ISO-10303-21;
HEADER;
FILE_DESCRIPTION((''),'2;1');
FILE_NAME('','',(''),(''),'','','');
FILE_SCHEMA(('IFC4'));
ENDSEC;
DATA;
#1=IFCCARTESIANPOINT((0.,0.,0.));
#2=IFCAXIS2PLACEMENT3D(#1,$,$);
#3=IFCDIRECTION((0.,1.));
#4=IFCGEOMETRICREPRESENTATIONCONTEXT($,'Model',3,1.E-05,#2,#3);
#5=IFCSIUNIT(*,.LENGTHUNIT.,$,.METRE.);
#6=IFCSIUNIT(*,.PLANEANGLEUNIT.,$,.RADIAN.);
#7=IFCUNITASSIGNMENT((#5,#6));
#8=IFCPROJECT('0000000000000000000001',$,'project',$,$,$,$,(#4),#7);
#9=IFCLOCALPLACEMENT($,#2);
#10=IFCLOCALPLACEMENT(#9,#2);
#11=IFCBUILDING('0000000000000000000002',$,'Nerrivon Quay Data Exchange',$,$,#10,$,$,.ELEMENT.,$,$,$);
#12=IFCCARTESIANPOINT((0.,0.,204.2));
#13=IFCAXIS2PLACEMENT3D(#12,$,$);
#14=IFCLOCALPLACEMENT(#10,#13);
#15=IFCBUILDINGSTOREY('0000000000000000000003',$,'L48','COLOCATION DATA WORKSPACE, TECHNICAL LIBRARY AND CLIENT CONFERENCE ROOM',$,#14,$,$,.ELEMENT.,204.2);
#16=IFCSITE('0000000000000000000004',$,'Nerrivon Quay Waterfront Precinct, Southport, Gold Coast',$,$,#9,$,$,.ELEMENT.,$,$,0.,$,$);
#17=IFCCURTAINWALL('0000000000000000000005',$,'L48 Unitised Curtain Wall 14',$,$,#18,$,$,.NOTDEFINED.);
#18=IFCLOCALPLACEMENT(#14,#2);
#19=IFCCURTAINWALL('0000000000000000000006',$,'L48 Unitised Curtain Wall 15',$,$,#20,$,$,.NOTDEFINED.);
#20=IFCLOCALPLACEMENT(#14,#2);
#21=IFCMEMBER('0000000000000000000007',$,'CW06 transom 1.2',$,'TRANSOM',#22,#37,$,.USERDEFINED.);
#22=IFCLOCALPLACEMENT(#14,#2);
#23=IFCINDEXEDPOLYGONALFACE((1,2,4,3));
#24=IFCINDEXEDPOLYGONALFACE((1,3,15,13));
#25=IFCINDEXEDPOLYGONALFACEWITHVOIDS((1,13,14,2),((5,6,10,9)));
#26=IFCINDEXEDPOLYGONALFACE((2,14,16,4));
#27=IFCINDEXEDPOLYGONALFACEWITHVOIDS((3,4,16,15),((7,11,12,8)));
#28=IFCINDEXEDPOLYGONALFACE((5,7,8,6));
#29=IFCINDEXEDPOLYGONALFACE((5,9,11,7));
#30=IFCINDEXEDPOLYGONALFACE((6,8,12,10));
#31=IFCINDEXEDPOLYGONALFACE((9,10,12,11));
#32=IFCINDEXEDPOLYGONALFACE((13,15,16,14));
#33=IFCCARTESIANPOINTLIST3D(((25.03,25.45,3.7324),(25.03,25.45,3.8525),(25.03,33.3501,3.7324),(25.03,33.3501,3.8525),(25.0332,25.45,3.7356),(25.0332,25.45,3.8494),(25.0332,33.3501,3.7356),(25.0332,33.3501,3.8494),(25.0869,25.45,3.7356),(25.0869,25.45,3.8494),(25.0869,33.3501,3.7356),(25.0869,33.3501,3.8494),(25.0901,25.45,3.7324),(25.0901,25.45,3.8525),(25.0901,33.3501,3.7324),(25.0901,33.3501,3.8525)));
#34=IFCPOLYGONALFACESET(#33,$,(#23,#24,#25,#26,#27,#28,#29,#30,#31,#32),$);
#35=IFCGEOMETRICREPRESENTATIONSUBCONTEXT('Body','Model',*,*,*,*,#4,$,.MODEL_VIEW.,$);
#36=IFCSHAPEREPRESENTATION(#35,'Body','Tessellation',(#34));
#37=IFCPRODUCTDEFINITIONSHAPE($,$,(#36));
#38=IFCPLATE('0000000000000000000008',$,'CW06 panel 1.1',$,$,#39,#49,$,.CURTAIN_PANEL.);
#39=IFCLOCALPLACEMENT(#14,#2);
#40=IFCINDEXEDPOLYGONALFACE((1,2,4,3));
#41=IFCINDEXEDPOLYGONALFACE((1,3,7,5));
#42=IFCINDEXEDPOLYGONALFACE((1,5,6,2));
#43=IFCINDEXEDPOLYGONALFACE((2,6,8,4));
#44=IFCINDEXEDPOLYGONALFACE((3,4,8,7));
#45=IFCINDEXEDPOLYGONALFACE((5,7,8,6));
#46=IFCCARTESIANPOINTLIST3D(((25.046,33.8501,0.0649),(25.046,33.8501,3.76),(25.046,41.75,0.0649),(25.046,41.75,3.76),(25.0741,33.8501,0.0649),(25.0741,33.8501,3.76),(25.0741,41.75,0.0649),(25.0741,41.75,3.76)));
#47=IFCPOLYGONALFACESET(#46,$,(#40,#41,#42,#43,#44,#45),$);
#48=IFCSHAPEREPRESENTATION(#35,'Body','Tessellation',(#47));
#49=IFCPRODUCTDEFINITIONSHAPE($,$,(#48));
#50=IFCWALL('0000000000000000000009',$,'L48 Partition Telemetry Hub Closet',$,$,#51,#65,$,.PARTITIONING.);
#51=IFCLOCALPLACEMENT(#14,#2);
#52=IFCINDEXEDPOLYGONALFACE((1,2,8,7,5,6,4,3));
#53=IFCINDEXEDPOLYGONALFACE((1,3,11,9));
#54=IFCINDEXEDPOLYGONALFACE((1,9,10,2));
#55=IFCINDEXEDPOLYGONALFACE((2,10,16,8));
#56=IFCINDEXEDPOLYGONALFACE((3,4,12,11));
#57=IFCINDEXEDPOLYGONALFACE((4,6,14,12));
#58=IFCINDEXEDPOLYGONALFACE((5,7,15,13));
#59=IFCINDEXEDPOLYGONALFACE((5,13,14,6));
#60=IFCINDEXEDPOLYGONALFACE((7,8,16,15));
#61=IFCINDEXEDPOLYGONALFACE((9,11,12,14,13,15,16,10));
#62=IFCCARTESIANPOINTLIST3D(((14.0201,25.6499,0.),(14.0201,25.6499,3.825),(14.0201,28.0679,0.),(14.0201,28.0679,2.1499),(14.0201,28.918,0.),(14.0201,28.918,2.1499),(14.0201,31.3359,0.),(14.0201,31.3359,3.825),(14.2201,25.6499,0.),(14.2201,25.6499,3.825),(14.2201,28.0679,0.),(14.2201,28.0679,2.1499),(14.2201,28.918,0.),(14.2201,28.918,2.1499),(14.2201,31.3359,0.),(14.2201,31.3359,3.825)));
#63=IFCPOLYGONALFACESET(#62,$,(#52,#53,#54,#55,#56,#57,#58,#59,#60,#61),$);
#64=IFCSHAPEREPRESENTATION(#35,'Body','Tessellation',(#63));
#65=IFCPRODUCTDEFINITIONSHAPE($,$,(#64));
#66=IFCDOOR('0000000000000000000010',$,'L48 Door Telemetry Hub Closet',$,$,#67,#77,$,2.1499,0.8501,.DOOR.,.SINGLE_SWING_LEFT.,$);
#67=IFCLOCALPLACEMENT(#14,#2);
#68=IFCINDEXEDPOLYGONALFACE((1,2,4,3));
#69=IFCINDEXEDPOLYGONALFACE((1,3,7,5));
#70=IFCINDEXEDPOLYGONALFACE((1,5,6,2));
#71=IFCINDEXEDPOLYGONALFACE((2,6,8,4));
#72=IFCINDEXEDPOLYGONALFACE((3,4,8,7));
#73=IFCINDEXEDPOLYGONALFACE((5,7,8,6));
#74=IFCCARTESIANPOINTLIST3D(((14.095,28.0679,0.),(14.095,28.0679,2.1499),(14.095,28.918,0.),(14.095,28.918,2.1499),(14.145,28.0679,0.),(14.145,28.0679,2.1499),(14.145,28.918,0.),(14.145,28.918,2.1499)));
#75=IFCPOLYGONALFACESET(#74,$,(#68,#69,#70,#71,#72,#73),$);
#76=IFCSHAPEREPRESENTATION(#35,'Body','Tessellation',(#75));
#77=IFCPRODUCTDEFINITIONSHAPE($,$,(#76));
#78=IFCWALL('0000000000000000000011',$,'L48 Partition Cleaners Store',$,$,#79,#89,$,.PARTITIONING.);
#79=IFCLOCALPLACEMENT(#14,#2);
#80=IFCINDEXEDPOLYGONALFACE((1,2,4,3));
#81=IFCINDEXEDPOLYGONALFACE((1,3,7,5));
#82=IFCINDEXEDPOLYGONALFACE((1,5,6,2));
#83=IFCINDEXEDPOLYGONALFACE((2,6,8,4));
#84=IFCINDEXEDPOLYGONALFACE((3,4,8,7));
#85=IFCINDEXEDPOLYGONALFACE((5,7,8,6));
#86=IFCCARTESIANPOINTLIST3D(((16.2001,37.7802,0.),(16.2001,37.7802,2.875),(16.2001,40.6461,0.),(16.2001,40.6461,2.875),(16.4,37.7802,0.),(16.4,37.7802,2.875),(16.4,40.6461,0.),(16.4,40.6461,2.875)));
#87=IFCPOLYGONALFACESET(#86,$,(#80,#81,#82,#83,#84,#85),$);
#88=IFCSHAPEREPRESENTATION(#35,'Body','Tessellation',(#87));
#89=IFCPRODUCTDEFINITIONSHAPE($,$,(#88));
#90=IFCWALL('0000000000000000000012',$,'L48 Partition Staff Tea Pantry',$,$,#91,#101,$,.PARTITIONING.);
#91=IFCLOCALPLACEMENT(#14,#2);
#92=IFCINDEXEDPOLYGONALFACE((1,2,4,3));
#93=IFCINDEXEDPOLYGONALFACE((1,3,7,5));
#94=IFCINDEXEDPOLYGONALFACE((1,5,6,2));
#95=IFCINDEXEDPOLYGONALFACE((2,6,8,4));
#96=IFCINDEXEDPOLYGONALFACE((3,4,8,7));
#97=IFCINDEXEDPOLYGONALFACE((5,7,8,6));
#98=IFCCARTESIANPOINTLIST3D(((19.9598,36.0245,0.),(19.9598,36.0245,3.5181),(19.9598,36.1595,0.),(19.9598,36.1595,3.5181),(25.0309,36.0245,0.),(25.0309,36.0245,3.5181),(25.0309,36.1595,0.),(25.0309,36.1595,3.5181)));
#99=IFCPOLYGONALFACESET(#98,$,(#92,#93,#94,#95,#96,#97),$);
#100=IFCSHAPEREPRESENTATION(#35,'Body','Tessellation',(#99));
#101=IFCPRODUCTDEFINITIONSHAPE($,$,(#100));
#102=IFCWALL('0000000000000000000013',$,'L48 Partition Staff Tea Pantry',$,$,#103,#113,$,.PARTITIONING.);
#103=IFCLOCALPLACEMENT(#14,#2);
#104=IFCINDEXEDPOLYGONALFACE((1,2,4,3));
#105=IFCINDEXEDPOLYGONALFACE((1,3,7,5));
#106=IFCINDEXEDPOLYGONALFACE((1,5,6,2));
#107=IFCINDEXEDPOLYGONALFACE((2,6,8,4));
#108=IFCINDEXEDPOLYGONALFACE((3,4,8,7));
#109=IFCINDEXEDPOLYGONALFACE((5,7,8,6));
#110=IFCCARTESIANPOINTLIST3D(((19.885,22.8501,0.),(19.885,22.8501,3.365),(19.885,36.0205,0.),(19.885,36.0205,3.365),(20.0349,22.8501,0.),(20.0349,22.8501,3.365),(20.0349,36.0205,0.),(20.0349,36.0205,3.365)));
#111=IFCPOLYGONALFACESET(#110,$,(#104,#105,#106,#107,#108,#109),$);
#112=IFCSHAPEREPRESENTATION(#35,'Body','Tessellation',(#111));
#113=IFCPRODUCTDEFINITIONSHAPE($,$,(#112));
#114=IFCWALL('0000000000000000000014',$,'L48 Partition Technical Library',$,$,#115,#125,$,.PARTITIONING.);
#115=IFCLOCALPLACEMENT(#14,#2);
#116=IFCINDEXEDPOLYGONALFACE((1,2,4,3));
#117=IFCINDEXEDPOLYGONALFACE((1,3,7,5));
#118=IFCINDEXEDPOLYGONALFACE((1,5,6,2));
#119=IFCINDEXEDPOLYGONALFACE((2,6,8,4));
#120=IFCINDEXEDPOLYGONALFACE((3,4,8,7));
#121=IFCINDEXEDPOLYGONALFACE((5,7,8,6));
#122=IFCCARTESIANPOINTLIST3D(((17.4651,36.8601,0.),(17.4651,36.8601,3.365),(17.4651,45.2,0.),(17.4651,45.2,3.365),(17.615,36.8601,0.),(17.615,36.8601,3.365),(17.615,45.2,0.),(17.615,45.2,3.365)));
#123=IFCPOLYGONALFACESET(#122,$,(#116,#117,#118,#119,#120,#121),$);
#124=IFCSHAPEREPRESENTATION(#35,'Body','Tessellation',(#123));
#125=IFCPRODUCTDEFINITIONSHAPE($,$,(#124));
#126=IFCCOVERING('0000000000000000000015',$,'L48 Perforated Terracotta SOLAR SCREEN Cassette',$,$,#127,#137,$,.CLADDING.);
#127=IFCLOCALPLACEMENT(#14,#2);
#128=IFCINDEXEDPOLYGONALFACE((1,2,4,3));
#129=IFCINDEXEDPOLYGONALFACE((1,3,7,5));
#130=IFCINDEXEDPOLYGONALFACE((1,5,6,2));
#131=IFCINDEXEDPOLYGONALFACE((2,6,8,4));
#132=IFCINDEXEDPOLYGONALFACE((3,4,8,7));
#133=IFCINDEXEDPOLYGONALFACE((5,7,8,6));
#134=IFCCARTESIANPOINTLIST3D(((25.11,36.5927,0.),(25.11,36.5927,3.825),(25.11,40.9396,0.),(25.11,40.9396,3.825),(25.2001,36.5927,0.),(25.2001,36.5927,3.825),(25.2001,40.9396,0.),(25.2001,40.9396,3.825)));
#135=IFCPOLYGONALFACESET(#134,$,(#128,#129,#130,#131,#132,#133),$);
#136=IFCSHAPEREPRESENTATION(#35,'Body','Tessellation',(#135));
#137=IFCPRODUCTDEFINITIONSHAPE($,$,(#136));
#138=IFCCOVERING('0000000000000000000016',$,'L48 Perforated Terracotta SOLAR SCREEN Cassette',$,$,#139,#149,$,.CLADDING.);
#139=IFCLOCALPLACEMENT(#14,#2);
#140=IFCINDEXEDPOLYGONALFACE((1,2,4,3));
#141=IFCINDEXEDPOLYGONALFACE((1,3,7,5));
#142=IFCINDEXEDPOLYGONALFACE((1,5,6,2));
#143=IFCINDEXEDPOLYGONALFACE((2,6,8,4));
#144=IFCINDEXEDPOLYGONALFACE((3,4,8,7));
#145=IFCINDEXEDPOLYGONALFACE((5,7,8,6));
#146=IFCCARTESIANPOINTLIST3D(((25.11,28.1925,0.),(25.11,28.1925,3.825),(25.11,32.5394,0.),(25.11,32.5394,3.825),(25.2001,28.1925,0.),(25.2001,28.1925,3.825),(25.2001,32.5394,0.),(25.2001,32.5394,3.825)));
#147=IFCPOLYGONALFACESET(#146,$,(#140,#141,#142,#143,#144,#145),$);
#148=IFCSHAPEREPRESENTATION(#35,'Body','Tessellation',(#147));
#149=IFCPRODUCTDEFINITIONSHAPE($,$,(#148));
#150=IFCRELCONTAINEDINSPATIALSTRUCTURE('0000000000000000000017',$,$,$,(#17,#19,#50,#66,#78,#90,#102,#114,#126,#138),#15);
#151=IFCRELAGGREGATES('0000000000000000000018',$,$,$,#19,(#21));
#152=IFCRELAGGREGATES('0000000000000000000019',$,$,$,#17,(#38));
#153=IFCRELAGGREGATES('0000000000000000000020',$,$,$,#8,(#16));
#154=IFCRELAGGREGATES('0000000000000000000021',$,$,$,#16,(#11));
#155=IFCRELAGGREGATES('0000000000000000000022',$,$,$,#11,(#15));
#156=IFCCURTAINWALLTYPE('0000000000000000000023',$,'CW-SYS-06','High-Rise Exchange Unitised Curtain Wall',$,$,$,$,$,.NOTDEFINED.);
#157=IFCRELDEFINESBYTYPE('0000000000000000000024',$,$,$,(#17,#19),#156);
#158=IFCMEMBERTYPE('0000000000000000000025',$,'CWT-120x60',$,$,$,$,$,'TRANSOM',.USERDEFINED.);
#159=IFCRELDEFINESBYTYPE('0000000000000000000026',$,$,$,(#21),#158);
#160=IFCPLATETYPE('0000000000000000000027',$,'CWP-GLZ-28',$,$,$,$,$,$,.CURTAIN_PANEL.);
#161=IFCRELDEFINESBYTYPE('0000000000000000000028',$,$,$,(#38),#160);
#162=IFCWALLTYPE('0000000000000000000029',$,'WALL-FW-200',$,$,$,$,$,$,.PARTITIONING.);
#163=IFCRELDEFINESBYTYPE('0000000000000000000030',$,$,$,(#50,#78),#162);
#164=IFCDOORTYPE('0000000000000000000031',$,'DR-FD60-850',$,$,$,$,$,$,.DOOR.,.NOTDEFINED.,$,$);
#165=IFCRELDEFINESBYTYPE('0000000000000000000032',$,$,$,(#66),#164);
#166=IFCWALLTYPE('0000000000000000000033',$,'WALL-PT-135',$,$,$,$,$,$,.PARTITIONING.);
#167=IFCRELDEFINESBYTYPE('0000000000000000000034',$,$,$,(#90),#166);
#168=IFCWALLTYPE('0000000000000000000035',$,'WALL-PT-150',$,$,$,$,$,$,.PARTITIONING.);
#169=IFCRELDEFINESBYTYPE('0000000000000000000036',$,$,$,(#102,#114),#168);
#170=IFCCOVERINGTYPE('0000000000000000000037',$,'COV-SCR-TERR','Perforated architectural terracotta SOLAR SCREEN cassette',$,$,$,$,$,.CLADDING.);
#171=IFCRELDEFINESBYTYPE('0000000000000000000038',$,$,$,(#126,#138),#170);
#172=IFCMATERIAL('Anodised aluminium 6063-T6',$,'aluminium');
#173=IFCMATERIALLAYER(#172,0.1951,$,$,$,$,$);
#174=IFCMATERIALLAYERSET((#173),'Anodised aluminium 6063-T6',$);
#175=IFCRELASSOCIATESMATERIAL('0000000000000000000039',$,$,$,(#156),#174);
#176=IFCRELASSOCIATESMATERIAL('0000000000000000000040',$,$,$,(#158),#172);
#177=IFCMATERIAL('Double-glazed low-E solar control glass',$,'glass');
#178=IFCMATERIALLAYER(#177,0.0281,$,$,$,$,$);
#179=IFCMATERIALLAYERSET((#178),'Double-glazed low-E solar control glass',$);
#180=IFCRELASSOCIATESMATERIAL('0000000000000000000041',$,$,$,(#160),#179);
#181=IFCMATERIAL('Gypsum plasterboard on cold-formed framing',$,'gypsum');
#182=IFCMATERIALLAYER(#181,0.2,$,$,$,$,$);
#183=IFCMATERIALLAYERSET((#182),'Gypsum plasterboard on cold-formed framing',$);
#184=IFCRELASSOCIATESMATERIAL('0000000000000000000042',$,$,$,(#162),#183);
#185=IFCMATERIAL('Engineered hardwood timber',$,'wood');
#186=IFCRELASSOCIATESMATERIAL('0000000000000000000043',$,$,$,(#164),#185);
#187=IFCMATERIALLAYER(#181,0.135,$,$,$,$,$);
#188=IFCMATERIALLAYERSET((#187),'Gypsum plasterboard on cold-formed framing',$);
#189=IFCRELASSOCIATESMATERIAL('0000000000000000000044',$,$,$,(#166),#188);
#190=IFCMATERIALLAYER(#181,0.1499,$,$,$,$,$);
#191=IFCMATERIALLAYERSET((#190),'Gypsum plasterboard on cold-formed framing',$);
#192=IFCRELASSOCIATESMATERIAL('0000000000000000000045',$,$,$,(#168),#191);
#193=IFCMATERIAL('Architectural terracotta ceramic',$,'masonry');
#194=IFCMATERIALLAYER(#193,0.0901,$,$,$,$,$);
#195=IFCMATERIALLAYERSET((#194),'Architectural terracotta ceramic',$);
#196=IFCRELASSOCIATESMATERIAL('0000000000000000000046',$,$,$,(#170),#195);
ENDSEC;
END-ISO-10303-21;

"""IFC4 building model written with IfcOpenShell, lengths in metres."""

from ifc_helpers import new_model, si_unit, direction, frame, frame_2d, origin, origin_2d, place, context, subcontext, project, spatial, rectangle, hollow_rectangle, extrude, material, layer, layer_set, material_profile, profile_set, type_object, element, fill, aggregate, save


model = new_model("IFC4")

# Units and contexts
model_context = context("Model", 3, precision=1e-05, world=origin(), true_north=direction((0.0, 1.0)))
body_context = subcontext(model_context, "Body", "Model", "MODEL_VIEW")
ifc_project = project(units=[si_unit("LENGTHUNIT", "METRE"), si_unit("PLANEANGLEUNIT", "RADIAN")], contexts=[model_context])

# Site, building, storey
site_placement = place(None, origin())
site = spatial("IfcSite", under=ifc_project, at=site_placement, Name="Nerrivon Quay Waterfront Precinct, Southport, Gold Coast", CompositionType="ELEMENT", RefElevation=0.0)
building_placement = place(site_placement, origin())
building = spatial("IfcBuilding", under=site, at=building_placement, Name="Nerrivon Quay Data Exchange", CompositionType="ELEMENT")
storey_placement = place(building_placement, frame((0.0, 0.0, 204.2)))
storey = spatial("IfcBuildingStorey", under=building, at=storey_placement, Name="L48", Description="COLOCATION DATA WORKSPACE, TECHNICAL LIBRARY AND CLIENT CONFERENCE ROOM", CompositionType="ELEMENT", Elevation=204.2)

# Shared definitions
ifc_material_1 = material(Name="Anodised aluminium 6063-T6", Category="aluminium")
ifc_layer_1 = layer(ifc_material_1, 0.1951)
ifc_layer_set_1 = layer_set([ifc_layer_1], Name="Anodised aluminium 6063-T6")
curtain_wall_type = type_object("IfcCurtainWallType", Name="CW-SYS-06", Description="High-Rise Exchange Unitised Curtain Wall", PredefinedType="NOTDEFINED", material=ifc_layer_set_1)

# Curtain wall
curtain_wall_1_placement = place(storey_placement, origin())
curtain_wall_1 = element("IfcCurtainWall", 1, at=curtain_wall_1_placement, inside=storey, type_object=curtain_wall_type, Name="L48 Unitised Curtain Wall 14", PredefinedType="NOTDEFINED")

# Curtain wall
curtain_wall_2_placement = place(storey_placement, origin())
curtain_wall_2 = element("IfcCurtainWall", 2, at=curtain_wall_2_placement, inside=storey, type_object=curtain_wall_type, Name="L48 Unitised Curtain Wall 15", PredefinedType="NOTDEFINED")

# Member
ifc_material_profile_1 = material_profile(ifc_material_1, hollow_rectangle(XDim=0.0601, YDim=0.1201, WallThickness=0.0032, at=origin_2d()), Name="ALU-TRAN-120x60")
ifc_profile_set_1 = profile_set([ifc_material_profile_1], Name="Anodised aluminium 6063-T6")
member_type_1 = type_object("IfcMemberType", Name="CWT-120x60", ElementType="TRANSOM", PredefinedType="USERDEFINED", material=ifc_profile_set_1)
member_1_placement = place(storey_placement, frame((25.0601, 33.3501, 3.7925), z_axis=(0.0, -1.0, 0.0), x_axis=(1.0, 0.0, 0.0)))
member_1 = element("IfcMember", 3, at=member_1_placement, type_object=member_type_1, Name="CW06 transom 1.2", ObjectType="TRANSOM", PredefinedType="USERDEFINED", context=body_context, shape_type="SweptSolid", body=[
    extrude(hollow_rectangle(XDim=0.0601, YDim=0.1201, WallThickness=0.0032, at=origin_2d()), origin(), (0.0, 0.0, 1.0), 7.9001),
])
aggregate(curtain_wall_2, [member_1])

# Plate
ifc_material_2 = material(Name="Double-glazed low-E solar control glass", Category="glass")
ifc_layer_2 = layer(ifc_material_2, 0.0281)
ifc_layer_set_2 = layer_set([ifc_layer_2], Name="Double-glazed low-E solar control glass")
plate_type = type_object("IfcPlateType", Name="CWP-GLZ-28", PredefinedType="CURTAIN_PANEL", material=ifc_layer_set_2)
plate_placement = place(storey_placement, frame((25.0601, 37.8, 0.0649), z_axis=(0.0, 0.0, 1.0), x_axis=(0.0, -1.0, 0.0)))
plate = element("IfcPlate", 4, at=plate_placement, type_object=plate_type, Name="CW06 panel 1.1", PredefinedType="CURTAIN_PANEL", context=body_context, shape_type="SweptSolid", body=[
    extrude(rectangle(XDim=7.8999, YDim=0.0281, at=origin_2d()), origin(), (0.0, 0.0, 1.0), 3.6951),
])
aggregate(curtain_wall_1, [plate])

# Wall, opening, door
ifc_material_3 = material(Name="Gypsum plasterboard on cold-formed framing", Category="gypsum")
ifc_layer_3 = layer(ifc_material_3, 0.2)
ifc_layer_set_3 = layer_set([ifc_layer_3], Name="Gypsum plasterboard on cold-formed framing")
wall_type_1 = type_object("IfcWallType", Name="WALL-FW-200", PredefinedType="PARTITIONING", material=ifc_layer_set_3)
wall_1_placement = place(storey_placement, frame((14.1201, 31.3359, 0.0), z_axis=(0.0, 0.0, 1.0), x_axis=(0.0, -1.0, 0.0)))
wall_1 = element("IfcWall", 5, at=wall_1_placement, inside=storey, type_object=wall_type_1, Name="L48 Partition Telemetry Hub Closet", PredefinedType="PARTITIONING", context=body_context, shape_type="SweptSolid", body=[
    extrude(rectangle(XDim=5.686, YDim=0.2, at=frame_2d((2.843, 0.0))), origin(), (0.0, 0.0, 1.0), 3.825),
])
opening_1_placement = place(wall_1_placement, frame((2.418, 0.0, 0.0)))
opening_1 = element("IfcOpeningElement", 6, at=opening_1_placement, cuts=wall_1, PredefinedType="OPENING", context=body_context, shape_type="SweptSolid", body=[
    extrude(rectangle(XDim=0.8501, YDim=2.1499, at=frame_2d((0.425, 1.075))), frame((0.0, 0.1099, 0.0), z_axis=(0.0, -1.0, 0.0), x_axis=(1.0, 0.0, 0.0)), (0.0, 0.0, 1.0), 0.22),
])
ifc_material_4 = material(Name="Engineered hardwood timber", Category="wood")
door_type_1 = type_object("IfcDoorType", Name="DR-FD60-850", OperationType="NOTDEFINED", PredefinedType="DOOR", material=ifc_material_4)
door_1_placement = place(opening_1_placement, origin())
door_1 = element("IfcDoor", 7, at=door_1_placement, inside=storey, type_object=door_type_1, Name="L48 Door Telemetry Hub Closet", OperationType="SINGLE_SWING_LEFT", OverallHeight=2.1499, OverallWidth=0.8501, PredefinedType="DOOR", context=body_context, shape_type="SweptSolid", body=[
    extrude(rectangle(XDim=0.8501, YDim=2.1499, at=frame_2d((0.425, 1.075))), frame((0.0, 0.0249, 0.0), z_axis=(0.0, -1.0, 0.0), x_axis=(1.0, 0.0, 0.0)), (0.0, 0.0, 1.0), 0.05),
])
fill(opening_1, door_1)

# Walls
wall_2_placement = place(storey_placement, frame((16.3, 37.78, 0.0), z_axis=(0.0, 0.0, 1.0), x_axis=(0.0, 1.0, 0.0)))
element("IfcWall", 8, at=wall_2_placement, inside=storey, type_object=wall_type_1, Name="L48 Partition Cleaners Store", PredefinedType="PARTITIONING", context=body_context, shape_type="SweptSolid", body=[
    extrude(rectangle(XDim=2.866, YDim=0.2, at=frame_2d((1.4331, 0.0))), origin(), (0.0, 0.0, 1.0), 2.875),
])
ifc_layer_4 = layer(ifc_material_3, 0.135)
ifc_layer_set_4 = layer_set([ifc_layer_4], Name="Gypsum plasterboard on cold-formed framing")
wall_type_2 = type_object("IfcWallType", Name="WALL-PT-135", PredefinedType="PARTITIONING", material=ifc_layer_set_4)
wall_3_placement = place(storey_placement, frame((25.031, 36.092, 0.0), z_axis=(0.0, 0.0, 1.0), x_axis=(-1.0, 0.0, 0.0)))
element("IfcWall", 9, at=wall_3_placement, inside=storey, type_object=wall_type_2, Name="L48 Partition Staff Tea Pantry", PredefinedType="PARTITIONING", context=body_context, shape_type="SweptSolid", body=[
    extrude(rectangle(XDim=5.071, YDim=0.135, at=frame_2d((2.5356, 0.0))), origin(), (0.0, 0.0, 1.0), 3.5181),
])
ifc_layer_5 = layer(ifc_material_3, 0.1499)
ifc_layer_set_5 = layer_set([ifc_layer_5], Name="Gypsum plasterboard on cold-formed framing")
wall_type_3 = type_object("IfcWallType", Name="WALL-PT-150", PredefinedType="PARTITIONING", material=ifc_layer_set_5)
wall_4_placement = place(storey_placement, frame((19.96, 36.0205, 0.0), z_axis=(0.0, 0.0, 1.0), x_axis=(0.0, -1.0, 0.0)))
element("IfcWall", 10, at=wall_4_placement, inside=storey, type_object=wall_type_3, Name="L48 Partition Staff Tea Pantry", PredefinedType="PARTITIONING", context=body_context, shape_type="SweptSolid", body=[
    extrude(rectangle(XDim=13.1704, YDim=0.1499, at=frame_2d((6.5852, 0.0))), origin(), (0.0, 0.0, 1.0), 3.365),
])
wall_5_placement = place(storey_placement, frame((17.54, 36.8601, 0.0), z_axis=(0.0, 0.0, 1.0), x_axis=(0.0, 1.0, 0.0)))
element("IfcWall", 11, at=wall_5_placement, inside=storey, type_object=wall_type_3, Name="L48 Partition Technical Library", PredefinedType="PARTITIONING", context=body_context, shape_type="SweptSolid", body=[
    extrude(rectangle(XDim=8.3398, YDim=0.1499, at=frame_2d((4.1699, 0.0))), origin(), (0.0, 0.0, 1.0), 3.365),
])

# Coverings
ifc_material_5 = material(Name="Architectural terracotta ceramic", Category="masonry")
ifc_layer_6 = layer(ifc_material_5, 0.0901)
ifc_layer_set_6 = layer_set([ifc_layer_6], Name="Architectural terracotta ceramic")
covering_type = type_object("IfcCoveringType", Name="COV-SCR-TERR", Description="Perforated architectural terracotta SOLAR SCREEN cassette", PredefinedType="CLADDING", material=ifc_layer_set_6)
for number, where, z_axis, x_axis, name in (
    (12, (25.155, 38.7661, 0.0), (0.0, 0.0, 1.0), (0.0, -1.0, 0.0), "L48 Perforated Terracotta SOLAR SCREEN Cassette"),
    (13, (25.155, 30.366, 0.0), (0.0, 0.0, 1.0), (0.0, -1.0, 0.0), "L48 Perforated Terracotta SOLAR SCREEN Cassette"),
):
    element("IfcCovering", number, at=place(storey_placement, frame(where, z_axis=z_axis, x_axis=x_axis)), inside=storey, type_object=covering_type, Name=name, PredefinedType="CLADDING", context=body_context, shape_type="SweptSolid", body=[
        extrude(rectangle(XDim=4.3469, YDim=0.0901, at=origin_2d()), origin(), (0.0, 0.0, 1.0), 3.825),
    ])

save(model, "model.ifc")
